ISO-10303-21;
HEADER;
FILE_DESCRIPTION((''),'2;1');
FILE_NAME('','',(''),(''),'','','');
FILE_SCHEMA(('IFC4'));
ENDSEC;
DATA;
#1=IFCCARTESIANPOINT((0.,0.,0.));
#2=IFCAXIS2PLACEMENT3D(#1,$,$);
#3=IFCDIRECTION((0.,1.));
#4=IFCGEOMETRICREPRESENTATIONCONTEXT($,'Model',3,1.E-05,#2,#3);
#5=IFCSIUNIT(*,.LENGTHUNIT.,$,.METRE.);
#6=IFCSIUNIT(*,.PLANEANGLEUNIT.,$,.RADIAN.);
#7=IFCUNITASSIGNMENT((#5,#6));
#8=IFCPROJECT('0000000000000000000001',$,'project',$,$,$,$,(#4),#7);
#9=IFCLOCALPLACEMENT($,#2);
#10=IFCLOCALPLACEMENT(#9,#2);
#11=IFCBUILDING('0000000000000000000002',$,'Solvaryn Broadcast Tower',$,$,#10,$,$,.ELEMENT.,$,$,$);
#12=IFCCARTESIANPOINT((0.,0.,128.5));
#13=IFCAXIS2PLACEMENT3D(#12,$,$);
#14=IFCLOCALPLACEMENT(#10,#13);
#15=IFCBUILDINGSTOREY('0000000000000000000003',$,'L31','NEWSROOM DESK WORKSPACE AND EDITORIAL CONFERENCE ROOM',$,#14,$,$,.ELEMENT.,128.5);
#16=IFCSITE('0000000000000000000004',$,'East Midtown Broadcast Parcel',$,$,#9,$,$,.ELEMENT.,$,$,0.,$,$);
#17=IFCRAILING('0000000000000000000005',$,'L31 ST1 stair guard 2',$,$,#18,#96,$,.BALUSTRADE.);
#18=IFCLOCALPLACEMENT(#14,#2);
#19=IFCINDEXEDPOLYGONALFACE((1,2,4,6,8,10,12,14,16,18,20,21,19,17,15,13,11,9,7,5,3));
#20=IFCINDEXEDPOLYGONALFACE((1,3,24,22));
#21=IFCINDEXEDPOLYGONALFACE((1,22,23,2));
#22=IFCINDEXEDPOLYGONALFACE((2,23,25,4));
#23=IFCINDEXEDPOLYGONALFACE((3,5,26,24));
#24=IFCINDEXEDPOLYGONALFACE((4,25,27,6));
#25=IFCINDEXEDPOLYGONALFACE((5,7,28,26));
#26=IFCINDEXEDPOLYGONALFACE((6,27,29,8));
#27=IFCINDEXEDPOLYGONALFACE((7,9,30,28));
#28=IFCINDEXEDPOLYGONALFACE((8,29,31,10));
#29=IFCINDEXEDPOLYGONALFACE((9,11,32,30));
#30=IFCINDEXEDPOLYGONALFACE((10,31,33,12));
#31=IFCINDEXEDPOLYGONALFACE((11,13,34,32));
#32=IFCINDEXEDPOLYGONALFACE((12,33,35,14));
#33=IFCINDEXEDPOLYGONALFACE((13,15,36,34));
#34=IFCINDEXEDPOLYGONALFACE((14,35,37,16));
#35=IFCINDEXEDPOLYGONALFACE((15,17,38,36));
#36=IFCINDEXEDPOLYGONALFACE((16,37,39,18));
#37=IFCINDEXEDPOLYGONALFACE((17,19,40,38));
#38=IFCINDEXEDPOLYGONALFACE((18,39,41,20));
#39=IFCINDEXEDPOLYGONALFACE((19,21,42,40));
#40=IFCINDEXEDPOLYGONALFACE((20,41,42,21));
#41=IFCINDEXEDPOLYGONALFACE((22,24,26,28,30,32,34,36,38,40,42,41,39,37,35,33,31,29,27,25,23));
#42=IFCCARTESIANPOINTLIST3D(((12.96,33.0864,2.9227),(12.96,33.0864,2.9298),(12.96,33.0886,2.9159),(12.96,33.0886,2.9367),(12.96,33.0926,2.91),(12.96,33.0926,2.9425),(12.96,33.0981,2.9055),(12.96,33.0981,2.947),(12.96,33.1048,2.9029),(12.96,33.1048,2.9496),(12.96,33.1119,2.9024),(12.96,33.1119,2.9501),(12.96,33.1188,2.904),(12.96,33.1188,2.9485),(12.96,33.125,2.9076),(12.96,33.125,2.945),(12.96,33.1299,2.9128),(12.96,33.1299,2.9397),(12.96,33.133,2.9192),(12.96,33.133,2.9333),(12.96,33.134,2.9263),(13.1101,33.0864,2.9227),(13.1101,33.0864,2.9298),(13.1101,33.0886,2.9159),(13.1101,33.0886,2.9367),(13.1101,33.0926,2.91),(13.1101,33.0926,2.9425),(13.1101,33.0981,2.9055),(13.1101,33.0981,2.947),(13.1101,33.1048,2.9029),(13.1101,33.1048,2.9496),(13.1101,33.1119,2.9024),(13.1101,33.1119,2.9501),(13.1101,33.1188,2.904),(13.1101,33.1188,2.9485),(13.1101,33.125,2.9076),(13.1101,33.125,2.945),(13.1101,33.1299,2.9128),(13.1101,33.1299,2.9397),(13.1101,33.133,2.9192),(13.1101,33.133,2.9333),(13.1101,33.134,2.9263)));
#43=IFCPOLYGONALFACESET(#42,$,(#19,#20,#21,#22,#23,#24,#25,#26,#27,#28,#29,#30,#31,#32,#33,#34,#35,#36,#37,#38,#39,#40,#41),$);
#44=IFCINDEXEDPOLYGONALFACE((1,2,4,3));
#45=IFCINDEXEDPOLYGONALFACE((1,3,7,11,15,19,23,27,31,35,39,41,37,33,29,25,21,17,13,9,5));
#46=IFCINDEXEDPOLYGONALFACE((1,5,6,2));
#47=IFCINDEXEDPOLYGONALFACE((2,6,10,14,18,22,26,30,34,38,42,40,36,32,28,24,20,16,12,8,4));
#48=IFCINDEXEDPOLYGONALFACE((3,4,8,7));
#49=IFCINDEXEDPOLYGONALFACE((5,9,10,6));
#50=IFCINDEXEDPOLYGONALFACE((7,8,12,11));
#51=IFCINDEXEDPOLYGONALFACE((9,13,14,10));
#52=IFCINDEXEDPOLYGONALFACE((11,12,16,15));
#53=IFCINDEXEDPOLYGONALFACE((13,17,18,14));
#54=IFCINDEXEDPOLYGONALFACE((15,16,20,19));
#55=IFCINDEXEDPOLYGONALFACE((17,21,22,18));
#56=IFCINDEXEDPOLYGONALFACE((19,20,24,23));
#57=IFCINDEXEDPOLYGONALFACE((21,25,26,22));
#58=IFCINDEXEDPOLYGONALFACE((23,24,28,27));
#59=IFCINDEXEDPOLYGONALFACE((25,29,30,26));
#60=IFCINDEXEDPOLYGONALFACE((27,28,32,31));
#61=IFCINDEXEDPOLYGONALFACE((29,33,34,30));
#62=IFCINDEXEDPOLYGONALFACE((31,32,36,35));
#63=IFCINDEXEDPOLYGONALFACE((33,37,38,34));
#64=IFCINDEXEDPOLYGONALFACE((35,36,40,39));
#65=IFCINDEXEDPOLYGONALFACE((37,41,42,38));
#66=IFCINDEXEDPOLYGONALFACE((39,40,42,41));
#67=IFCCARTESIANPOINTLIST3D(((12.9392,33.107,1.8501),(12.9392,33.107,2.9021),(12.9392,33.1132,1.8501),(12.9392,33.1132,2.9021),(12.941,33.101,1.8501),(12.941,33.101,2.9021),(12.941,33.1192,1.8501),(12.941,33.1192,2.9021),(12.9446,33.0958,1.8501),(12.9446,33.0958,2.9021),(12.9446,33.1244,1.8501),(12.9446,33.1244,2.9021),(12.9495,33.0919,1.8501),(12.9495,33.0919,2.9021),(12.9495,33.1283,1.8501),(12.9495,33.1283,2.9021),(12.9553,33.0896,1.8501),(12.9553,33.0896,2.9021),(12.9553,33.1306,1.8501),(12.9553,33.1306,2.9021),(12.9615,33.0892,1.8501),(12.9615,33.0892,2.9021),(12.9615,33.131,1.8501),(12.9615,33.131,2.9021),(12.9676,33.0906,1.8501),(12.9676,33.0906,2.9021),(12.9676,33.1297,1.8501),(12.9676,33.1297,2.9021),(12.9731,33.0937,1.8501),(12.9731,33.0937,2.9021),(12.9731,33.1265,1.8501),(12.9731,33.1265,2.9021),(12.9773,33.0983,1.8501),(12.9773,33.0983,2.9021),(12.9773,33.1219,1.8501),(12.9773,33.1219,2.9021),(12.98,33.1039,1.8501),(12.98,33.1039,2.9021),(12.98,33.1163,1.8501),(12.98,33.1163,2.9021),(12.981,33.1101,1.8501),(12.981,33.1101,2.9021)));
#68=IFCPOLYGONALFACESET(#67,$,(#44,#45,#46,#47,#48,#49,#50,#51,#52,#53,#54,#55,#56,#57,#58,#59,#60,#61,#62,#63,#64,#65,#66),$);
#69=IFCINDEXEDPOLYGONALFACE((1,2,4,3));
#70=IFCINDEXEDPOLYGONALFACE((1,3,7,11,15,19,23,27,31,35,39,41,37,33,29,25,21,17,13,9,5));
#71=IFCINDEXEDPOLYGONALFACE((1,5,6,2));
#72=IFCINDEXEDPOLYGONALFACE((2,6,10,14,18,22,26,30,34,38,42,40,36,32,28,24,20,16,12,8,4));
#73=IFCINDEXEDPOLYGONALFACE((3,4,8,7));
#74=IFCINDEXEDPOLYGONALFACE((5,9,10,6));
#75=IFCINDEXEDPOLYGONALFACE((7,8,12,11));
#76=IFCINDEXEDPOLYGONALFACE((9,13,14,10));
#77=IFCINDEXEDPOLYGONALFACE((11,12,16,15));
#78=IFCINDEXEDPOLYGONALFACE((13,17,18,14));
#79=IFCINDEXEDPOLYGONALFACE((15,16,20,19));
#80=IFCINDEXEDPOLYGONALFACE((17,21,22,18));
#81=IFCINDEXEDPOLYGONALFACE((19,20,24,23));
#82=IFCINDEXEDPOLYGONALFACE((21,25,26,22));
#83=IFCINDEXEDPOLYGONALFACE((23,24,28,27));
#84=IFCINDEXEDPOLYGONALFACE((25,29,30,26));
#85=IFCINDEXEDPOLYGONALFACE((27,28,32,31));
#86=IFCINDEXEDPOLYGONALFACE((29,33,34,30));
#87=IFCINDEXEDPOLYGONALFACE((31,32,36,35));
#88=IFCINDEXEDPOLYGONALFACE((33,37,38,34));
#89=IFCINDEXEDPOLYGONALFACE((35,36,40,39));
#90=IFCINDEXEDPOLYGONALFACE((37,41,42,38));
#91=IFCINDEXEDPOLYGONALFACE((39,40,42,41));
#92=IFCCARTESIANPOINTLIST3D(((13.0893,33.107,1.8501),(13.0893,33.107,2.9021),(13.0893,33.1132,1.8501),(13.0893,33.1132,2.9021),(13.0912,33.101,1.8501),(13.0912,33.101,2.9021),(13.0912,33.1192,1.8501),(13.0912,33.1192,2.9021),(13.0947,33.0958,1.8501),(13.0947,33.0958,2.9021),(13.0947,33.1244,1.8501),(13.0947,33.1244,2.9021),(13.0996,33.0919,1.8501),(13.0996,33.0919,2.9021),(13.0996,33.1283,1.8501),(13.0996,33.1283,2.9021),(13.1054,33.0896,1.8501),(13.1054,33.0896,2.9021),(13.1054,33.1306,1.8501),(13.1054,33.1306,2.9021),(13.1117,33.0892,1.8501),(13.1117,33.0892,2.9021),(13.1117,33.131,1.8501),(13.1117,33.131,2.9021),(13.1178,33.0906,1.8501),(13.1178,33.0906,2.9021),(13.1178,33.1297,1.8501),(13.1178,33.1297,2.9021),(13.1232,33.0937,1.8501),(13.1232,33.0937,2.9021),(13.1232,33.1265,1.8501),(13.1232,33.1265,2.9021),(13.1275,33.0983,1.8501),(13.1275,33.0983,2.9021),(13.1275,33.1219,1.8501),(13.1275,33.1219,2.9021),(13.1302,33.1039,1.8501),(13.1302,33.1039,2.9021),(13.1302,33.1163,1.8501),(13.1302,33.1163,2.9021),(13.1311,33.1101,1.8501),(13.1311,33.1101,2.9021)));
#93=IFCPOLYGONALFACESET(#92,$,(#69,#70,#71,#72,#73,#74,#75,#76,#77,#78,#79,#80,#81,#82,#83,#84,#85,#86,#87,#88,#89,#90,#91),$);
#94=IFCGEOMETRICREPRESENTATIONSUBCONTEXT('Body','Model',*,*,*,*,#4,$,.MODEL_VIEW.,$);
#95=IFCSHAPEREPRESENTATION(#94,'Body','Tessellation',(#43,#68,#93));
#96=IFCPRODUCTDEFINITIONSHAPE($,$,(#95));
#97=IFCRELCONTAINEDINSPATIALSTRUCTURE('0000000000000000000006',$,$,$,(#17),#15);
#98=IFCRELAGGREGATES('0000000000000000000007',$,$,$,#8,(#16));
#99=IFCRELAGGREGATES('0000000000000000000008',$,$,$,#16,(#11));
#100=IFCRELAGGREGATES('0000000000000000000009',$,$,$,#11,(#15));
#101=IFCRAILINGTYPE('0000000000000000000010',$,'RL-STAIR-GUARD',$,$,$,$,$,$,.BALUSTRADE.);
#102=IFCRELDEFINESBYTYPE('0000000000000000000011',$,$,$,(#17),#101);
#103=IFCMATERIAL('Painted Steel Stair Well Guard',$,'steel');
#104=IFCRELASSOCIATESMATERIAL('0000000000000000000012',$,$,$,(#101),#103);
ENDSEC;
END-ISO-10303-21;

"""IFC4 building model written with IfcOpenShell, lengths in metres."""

from ifc_helpers import new_model, si_unit, direction, frame, origin, origin_2d, place, context, subcontext, project, spatial, circle, extrude, material, type_object, element, save


model = new_model("IFC4")

# Units and contexts
model_context = context("Model", 3, precision=1e-05, world=origin(), true_north=direction((0.0, 1.0)))
body_context = subcontext(model_context, "Body", "Model", "MODEL_VIEW")
ifc_project = project(units=[si_unit("LENGTHUNIT", "METRE"), si_unit("PLANEANGLEUNIT", "RADIAN")], contexts=[model_context])

# Site, building, storey
site_placement = place(None, origin())
site = spatial("IfcSite", under=ifc_project, at=site_placement, Name="East Midtown Broadcast Parcel", CompositionType="ELEMENT", RefElevation=0.0)
building_placement = place(site_placement, origin())
building = spatial("IfcBuilding", under=site, at=building_placement, Name="Solvaryn Broadcast Tower", CompositionType="ELEMENT")
storey_placement = place(building_placement, frame((0.0, 0.0, 128.5)))
storey = spatial("IfcBuildingStorey", under=building, at=storey_placement, Name="L31", Description="NEWSROOM DESK WORKSPACE AND EDITORIAL CONFERENCE ROOM", CompositionType="ELEMENT", Elevation=128.5)

# Railing
ifc_material_1 = material(Name="Painted Steel Stair Well Guard", Category="steel")
railing_type_1 = type_object("IfcRailingType", Name="RL-STAIR-GUARD", PredefinedType="BALUSTRADE", material=ifc_material_1)
railing_1_placement = place(storey_placement, frame((12.96, 33.1101, 1.8501)))
element("IfcRailing", 1, at=railing_1_placement, inside=storey, type_object=railing_type_1, Name="L31 ST1 stair guard 2", PredefinedType="BALUSTRADE", context=body_context, shape_type="SweptSolid", body=[
    extrude(circle(Radius=0.0239, at=origin_2d()), frame((0.0, 0.0, 1.0762), z_axis=(1.0, 0.0, 0.0), x_axis=(0.0, 1.0, 0.0)), (0.0, 0.0, 1.0), 0.1501),
    extrude(circle(Radius=0.021, at=origin_2d()), origin(), (0.0, 0.0, 1.0), 1.052),
    extrude(circle(Radius=0.021, at=origin_2d()), frame((0.1501, 0.0, 0.0)), (0.0, 0.0, 1.0), 1.052),
])

save(model, "model.ifc")
